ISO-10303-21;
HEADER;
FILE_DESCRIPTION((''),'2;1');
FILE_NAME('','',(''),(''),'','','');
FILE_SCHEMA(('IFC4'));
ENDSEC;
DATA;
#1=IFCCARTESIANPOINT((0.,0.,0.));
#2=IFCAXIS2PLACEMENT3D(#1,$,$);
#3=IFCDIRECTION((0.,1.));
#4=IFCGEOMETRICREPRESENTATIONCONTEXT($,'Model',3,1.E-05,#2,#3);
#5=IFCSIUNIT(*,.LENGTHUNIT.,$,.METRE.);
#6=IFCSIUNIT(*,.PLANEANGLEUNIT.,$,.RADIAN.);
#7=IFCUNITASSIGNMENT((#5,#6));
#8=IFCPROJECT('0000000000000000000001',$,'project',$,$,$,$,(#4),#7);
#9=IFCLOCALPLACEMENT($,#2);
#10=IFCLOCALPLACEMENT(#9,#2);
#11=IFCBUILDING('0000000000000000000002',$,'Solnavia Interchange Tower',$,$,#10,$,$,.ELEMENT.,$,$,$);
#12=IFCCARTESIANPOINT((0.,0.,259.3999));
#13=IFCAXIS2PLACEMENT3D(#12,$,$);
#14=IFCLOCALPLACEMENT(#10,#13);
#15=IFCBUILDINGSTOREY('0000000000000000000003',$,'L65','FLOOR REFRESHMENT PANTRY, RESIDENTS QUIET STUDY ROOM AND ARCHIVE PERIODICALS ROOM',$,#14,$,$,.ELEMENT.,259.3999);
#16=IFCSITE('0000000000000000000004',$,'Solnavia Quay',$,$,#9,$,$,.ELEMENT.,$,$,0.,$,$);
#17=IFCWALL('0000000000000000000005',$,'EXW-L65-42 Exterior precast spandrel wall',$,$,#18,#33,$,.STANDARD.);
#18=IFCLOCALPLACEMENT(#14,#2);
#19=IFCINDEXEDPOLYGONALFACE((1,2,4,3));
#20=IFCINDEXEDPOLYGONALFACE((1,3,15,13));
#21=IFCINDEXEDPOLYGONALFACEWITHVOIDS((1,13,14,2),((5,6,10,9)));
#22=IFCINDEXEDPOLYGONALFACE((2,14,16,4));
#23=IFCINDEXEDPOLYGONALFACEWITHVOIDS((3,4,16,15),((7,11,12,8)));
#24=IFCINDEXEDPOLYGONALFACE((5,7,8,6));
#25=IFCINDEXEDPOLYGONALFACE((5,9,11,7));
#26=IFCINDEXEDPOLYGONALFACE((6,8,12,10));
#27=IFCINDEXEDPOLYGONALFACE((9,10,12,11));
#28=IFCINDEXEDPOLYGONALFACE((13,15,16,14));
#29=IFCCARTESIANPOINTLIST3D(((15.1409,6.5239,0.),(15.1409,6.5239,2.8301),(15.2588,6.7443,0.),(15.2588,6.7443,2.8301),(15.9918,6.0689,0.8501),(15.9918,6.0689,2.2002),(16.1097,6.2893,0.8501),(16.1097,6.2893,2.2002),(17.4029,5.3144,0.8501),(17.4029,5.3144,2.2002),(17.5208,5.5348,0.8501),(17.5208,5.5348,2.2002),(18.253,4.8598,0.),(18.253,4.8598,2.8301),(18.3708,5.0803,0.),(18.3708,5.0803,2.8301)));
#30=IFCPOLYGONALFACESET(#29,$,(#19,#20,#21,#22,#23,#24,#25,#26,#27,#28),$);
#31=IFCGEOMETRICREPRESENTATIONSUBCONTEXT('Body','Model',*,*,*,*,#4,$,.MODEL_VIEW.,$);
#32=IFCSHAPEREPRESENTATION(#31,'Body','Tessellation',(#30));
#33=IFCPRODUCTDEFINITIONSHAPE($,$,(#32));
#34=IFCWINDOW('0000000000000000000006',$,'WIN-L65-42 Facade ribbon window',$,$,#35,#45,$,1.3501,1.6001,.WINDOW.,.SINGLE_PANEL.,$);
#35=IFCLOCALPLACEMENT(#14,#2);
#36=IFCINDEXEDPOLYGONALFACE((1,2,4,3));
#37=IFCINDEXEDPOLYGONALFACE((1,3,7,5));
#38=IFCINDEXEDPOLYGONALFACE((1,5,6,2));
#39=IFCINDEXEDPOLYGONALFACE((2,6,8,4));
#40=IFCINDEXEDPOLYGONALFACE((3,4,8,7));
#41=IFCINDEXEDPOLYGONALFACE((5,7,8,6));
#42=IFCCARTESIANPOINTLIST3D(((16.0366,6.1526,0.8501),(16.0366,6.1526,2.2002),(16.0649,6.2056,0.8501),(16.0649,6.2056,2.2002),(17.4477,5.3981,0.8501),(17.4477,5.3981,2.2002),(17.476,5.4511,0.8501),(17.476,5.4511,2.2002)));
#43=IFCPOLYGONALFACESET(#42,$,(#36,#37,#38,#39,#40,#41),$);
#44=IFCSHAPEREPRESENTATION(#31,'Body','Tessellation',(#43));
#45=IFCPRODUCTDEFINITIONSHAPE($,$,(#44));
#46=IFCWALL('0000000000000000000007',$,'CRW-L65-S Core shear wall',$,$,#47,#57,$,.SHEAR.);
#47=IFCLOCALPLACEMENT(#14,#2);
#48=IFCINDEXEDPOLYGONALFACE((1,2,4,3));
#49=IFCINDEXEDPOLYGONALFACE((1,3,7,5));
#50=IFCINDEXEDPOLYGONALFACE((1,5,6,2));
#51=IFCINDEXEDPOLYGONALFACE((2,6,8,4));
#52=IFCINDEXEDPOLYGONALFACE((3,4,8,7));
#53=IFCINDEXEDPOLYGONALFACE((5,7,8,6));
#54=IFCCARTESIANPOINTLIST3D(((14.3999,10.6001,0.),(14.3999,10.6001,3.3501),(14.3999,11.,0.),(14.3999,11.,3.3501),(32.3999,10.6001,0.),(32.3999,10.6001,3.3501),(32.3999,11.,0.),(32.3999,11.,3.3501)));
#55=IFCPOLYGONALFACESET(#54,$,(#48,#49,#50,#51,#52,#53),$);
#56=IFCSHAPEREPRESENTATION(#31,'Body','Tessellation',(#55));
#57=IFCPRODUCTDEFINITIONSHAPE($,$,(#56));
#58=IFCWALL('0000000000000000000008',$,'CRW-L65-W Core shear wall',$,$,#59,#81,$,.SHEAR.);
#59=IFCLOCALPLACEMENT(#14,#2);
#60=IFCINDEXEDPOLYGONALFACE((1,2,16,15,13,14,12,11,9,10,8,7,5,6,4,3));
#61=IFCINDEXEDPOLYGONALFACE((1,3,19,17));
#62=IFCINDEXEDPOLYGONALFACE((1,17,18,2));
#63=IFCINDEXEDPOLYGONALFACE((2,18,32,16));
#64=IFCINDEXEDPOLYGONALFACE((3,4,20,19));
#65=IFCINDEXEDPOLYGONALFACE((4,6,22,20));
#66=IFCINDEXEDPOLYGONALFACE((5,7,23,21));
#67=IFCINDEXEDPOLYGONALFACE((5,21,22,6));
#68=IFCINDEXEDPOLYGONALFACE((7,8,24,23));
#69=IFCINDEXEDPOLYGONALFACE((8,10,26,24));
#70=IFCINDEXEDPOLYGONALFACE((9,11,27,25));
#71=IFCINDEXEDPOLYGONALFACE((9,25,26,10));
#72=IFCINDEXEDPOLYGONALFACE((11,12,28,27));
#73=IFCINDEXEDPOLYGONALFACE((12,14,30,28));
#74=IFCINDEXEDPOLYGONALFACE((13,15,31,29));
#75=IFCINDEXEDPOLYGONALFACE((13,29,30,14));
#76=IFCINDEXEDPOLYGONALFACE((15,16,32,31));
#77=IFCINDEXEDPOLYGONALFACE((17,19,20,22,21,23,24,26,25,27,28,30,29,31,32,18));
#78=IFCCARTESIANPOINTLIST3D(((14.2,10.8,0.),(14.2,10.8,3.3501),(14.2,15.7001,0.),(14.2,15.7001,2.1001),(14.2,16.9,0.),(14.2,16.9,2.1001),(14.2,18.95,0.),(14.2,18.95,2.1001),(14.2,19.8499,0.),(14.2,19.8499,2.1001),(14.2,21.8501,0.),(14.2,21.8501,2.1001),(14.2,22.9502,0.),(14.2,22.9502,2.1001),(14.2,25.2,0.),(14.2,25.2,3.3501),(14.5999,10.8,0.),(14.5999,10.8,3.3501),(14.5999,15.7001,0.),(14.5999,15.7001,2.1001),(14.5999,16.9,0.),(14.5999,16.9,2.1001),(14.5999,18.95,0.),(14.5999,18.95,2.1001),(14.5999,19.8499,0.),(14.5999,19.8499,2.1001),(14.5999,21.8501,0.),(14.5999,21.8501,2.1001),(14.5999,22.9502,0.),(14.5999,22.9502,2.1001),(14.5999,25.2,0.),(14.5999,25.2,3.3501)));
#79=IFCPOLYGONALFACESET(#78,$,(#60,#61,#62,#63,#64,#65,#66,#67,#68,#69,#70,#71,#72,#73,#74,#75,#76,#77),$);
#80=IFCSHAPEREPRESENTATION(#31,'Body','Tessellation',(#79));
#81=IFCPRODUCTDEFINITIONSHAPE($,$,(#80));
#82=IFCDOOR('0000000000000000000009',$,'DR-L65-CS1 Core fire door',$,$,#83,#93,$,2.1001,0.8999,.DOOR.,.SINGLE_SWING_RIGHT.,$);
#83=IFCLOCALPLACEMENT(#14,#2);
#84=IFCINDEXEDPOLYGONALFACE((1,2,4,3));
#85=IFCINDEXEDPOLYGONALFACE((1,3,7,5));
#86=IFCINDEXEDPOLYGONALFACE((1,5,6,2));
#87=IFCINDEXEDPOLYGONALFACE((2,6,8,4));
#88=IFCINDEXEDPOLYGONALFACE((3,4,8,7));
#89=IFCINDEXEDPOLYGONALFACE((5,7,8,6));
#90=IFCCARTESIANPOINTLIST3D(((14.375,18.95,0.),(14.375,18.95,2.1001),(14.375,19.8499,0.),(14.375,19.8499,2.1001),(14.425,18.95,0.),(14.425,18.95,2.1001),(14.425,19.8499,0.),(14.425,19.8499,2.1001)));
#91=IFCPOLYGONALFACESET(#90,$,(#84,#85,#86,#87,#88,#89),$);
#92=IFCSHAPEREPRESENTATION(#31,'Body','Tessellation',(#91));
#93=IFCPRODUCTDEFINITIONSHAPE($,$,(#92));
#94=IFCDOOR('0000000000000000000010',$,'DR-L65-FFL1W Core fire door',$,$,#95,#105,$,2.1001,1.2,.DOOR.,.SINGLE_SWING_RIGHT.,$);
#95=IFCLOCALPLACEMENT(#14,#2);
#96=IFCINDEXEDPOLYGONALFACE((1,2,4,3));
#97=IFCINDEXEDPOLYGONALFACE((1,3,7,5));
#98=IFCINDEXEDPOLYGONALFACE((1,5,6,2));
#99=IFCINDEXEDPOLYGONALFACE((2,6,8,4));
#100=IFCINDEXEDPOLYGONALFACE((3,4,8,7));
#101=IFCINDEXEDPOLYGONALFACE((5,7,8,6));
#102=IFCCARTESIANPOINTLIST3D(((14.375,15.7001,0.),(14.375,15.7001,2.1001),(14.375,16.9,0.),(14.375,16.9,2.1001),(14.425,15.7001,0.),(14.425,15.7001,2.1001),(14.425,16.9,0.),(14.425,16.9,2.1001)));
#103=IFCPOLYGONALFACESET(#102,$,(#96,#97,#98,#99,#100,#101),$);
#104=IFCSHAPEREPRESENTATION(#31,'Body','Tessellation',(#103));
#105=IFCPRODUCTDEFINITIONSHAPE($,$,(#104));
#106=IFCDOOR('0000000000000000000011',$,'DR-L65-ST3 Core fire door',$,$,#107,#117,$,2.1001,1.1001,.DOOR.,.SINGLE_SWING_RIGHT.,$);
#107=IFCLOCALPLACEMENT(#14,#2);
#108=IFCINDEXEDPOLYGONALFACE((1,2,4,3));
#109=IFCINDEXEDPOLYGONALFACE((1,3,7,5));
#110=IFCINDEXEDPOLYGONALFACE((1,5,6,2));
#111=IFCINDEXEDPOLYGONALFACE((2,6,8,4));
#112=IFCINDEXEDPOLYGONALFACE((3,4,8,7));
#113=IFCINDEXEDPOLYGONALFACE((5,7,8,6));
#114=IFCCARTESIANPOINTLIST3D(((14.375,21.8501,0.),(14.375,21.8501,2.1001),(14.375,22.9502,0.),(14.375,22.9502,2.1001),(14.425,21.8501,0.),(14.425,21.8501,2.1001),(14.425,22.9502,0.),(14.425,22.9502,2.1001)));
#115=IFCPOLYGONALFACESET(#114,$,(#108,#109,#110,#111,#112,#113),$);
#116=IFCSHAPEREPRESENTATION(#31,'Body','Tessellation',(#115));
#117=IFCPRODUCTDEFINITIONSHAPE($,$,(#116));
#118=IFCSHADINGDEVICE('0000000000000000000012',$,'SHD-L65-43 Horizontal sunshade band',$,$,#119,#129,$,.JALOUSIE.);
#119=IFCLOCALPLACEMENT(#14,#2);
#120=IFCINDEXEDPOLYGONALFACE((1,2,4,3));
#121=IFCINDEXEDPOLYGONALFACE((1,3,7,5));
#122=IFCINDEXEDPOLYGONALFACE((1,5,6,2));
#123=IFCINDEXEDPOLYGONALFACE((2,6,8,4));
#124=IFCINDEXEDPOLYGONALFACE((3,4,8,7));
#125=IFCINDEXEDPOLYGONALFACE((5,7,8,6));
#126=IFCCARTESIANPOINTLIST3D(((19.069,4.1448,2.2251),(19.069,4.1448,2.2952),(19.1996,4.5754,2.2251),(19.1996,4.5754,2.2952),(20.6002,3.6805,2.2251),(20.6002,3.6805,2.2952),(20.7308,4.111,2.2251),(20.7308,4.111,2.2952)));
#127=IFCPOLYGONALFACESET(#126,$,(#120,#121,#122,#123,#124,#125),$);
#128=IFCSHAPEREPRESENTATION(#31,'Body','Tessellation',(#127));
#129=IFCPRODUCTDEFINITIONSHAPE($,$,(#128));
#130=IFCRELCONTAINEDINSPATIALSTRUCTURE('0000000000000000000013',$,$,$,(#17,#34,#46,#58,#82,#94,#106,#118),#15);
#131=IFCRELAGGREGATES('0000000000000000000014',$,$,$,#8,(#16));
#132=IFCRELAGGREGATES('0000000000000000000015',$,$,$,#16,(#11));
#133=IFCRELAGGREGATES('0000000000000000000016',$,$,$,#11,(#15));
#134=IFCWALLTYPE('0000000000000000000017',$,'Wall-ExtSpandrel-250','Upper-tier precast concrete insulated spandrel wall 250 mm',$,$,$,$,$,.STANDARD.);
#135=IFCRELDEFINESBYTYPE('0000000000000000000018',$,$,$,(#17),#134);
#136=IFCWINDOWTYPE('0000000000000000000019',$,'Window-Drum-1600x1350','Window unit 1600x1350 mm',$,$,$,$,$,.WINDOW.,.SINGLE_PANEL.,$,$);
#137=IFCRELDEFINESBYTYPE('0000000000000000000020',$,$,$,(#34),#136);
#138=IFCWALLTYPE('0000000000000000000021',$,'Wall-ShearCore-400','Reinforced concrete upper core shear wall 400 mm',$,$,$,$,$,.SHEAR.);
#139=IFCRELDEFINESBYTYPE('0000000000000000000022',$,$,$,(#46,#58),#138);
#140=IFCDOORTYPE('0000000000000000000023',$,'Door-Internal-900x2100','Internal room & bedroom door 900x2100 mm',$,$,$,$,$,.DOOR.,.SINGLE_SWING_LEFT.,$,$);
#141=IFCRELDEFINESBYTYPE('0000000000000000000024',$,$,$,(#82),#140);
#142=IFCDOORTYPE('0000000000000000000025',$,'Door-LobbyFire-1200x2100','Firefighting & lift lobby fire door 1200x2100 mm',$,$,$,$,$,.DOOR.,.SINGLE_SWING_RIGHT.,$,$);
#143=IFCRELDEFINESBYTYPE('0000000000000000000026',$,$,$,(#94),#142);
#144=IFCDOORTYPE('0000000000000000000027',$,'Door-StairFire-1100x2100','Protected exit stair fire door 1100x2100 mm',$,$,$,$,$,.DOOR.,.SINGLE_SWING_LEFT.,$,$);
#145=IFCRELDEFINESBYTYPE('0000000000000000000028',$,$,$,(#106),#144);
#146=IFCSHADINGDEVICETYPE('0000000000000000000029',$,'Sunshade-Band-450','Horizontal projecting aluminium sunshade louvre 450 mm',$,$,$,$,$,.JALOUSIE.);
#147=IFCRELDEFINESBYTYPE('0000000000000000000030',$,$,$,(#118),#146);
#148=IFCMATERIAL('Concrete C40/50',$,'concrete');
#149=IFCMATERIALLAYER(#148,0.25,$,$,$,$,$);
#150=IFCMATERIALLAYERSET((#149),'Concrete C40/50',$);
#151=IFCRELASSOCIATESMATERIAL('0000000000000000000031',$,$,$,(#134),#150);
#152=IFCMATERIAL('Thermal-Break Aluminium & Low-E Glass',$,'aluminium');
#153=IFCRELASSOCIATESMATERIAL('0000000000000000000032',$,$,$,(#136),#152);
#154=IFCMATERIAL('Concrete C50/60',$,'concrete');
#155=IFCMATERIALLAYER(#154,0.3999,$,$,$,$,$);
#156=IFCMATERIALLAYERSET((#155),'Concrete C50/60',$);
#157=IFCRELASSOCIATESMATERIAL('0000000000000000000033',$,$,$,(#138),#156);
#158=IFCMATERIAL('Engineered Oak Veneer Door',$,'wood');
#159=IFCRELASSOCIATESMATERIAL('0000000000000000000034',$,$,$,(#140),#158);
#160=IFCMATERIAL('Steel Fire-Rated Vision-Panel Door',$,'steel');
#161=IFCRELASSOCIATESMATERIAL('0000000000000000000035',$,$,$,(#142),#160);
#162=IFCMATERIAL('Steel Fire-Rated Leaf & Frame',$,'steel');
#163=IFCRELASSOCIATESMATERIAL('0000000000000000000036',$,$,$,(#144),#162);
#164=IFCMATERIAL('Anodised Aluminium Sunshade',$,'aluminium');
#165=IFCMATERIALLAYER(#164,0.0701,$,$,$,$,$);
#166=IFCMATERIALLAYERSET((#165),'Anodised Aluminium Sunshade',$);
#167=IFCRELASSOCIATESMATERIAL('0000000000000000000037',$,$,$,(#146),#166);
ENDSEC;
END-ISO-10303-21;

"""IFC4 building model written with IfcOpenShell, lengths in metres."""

from ifc_helpers import new_model, si_unit, direction, frame, frame_2d, origin, origin_2d, place, context, subcontext, project, spatial, rectangle, extrude, material, layer, layer_set, type_object, element, fill, save


model = new_model("IFC4")

# Units and contexts
model_context = context("Model", 3, precision=1e-05, world=origin(), true_north=direction((0.0, 1.0)))
body_context = subcontext(model_context, "Body", "Model", "MODEL_VIEW")
ifc_project = project(units=[si_unit("LENGTHUNIT", "METRE"), si_unit("PLANEANGLEUNIT", "RADIAN")], contexts=[model_context])

# Site, building, storey
site_placement = place(None, origin())
site = spatial("IfcSite", under=ifc_project, at=site_placement, Name="Solnavia Quay", CompositionType="ELEMENT", RefElevation=0.0)
building_placement = place(site_placement, origin())
building = spatial("IfcBuilding", under=site, at=building_placement, Name="Solnavia Interchange Tower", CompositionType="ELEMENT")
storey_placement = place(building_placement, frame((0.0, 0.0, 259.3999)))
storey = spatial("IfcBuildingStorey", under=building, at=storey_placement, Name="L65", Description="FLOOR REFRESHMENT PANTRY, RESIDENTS QUIET STUDY ROOM AND ARCHIVE PERIODICALS ROOM", CompositionType="ELEMENT", Elevation=259.3999)

# Shared definitions
ifc_material_1 = material(Name="Concrete C50/60", Category="concrete")

# Wall, opening, window
ifc_material_2 = material(Name="Concrete C40/50", Category="concrete")
ifc_layer_1 = layer(ifc_material_2, 0.25)
ifc_layer_set_1 = layer_set([ifc_layer_1], Name="Concrete C40/50")
wall_type_1 = type_object("IfcWallType", Name="Wall-ExtSpandrel-250", Description="Upper-tier precast concrete insulated spandrel wall 250 mm", PredefinedType="STANDARD", material=ifc_layer_set_1)
ifc_material_3 = material(Name="Thermal-Break Aluminium & Low-E Glass", Category="aluminium")
window_type = type_object("IfcWindowType", Name="Window-Drum-1600x1350", Description="Window unit 1600x1350 mm", PartitioningType="SINGLE_PANEL", PredefinedType="WINDOW", material=ifc_material_3)
wall_1_placement = place(storey_placement, frame((18.312, 4.97, 0.0), z_axis=(0.0, 0.0, 1.0), x_axis=(-0.881847, 0.471536, 0.0)))
wall_1 = element("IfcWall", 1, at=wall_1_placement, inside=storey, type_object=wall_type_1, Name="EXW-L65-42 Exterior precast spandrel wall", PredefinedType="STANDARD", context=body_context, shape_type="SweptSolid", body=[
    extrude(rectangle(XDim=3.5291, YDim=0.25, at=frame_2d((1.7646, 0.0))), origin(), (0.0, 0.0, 1.0), 2.8301),
])
opening_1_placement = place(wall_1_placement, frame((0.9641, 0.0, 0.8501)))
opening_1 = element("IfcOpeningElement", 2, at=opening_1_placement, cuts=wall_1, PredefinedType="OPENING", context=body_context, shape_type="SweptSolid", body=[
    extrude(rectangle(XDim=1.6001, YDim=1.3501, at=frame_2d((0.8, 0.675))), frame((0.0, 0.135, 0.0), z_axis=(0.0, -1.0, 0.0), x_axis=(1.0, 0.0, 0.0)), (0.0, 0.0, 1.0), 0.27),
])
window_1_placement = place(opening_1_placement, origin())
window_1 = element("IfcWindow", 3, at=window_1_placement, inside=storey, type_object=window_type, Name="WIN-L65-42 Facade ribbon window", OverallHeight=1.3501, OverallWidth=1.6001, PartitioningType="SINGLE_PANEL", PredefinedType="WINDOW", context=body_context, shape_type="SweptSolid", body=[
    extrude(rectangle(XDim=1.6001, YDim=1.3501, at=frame_2d((0.8, 0.675))), frame((0.0, 0.03, 0.0), z_axis=(0.0, -1.0, 0.0), x_axis=(1.0, 0.0, 0.0)), (0.0, 0.0, 1.0), 0.0601),
])
fill(opening_1, window_1)

# Wall
ifc_layer_2 = layer(ifc_material_1, 0.3999)
ifc_layer_set_2 = layer_set([ifc_layer_2], Name="Concrete C50/60")
wall_type_2 = type_object("IfcWallType", Name="Wall-ShearCore-400", Description="Reinforced concrete upper core shear wall 400 mm", PredefinedType="SHEAR", material=ifc_layer_set_2)
wall_2_placement = place(storey_placement, frame((14.3999, 10.8, 0.0), z_axis=(0.0, 0.0, 1.0), x_axis=(1.0, 0.0, 0.0)))
element("IfcWall", 4, at=wall_2_placement, inside=storey, type_object=wall_type_2, Name="CRW-L65-S Core shear wall", PredefinedType="SHEAR", context=body_context, shape_type="SweptSolid", body=[
    extrude(rectangle(XDim=18.0, YDim=0.3999, at=frame_2d((9.0, 0.0))), origin(), (0.0, 0.0, 1.0), 3.3501),
])

# Wall, openings, doors
wall_3_placement = place(storey_placement, frame((14.3999, 10.8, 0.0), z_axis=(0.0, 0.0, 1.0), x_axis=(0.0, 1.0, 0.0)))
wall_3 = element("IfcWall", 5, at=wall_3_placement, inside=storey, type_object=wall_type_2, Name="CRW-L65-W Core shear wall", PredefinedType="SHEAR", context=body_context, shape_type="SweptSolid", body=[
    extrude(rectangle(XDim=14.3999, YDim=0.3999, at=frame_2d((7.2, 0.0))), origin(), (0.0, 0.0, 1.0), 3.3501),
])
opening_2_placement = place(wall_3_placement, frame((11.05, 0.0, 0.0)))
opening_2 = element("IfcOpeningElement", 6, at=opening_2_placement, cuts=wall_3, PredefinedType="OPENING", context=body_context, shape_type="SweptSolid", body=[
    extrude(rectangle(XDim=1.1001, YDim=2.1001, at=frame_2d((0.55, 1.05))), frame((0.0, 0.21, 0.0), z_axis=(0.0, -1.0, 0.0), x_axis=(1.0, 0.0, 0.0)), (0.0, 0.0, 1.0), 0.4199),
])
opening_3_placement = place(wall_3_placement, frame((4.8999, 0.0, 0.0)))
opening_3 = element("IfcOpeningElement", 7, at=opening_3_placement, cuts=wall_3, PredefinedType="OPENING", context=body_context, shape_type="SweptSolid", body=[
    extrude(rectangle(XDim=1.2, YDim=2.1001, at=frame_2d((0.6001, 1.05))), frame((0.0, 0.21, 0.0), z_axis=(0.0, -1.0, 0.0), x_axis=(1.0, 0.0, 0.0)), (0.0, 0.0, 1.0), 0.4199),
])
opening_4_placement = place(wall_3_placement, frame((8.1499, 0.0, 0.0)))
opening_4 = element("IfcOpeningElement", 8, at=opening_4_placement, cuts=wall_3, PredefinedType="OPENING", context=body_context, shape_type="SweptSolid", body=[
    extrude(rectangle(XDim=0.8999, YDim=2.1001, at=frame_2d((0.45, 1.05))), frame((0.0, 0.21, 0.0), z_axis=(0.0, -1.0, 0.0), x_axis=(1.0, 0.0, 0.0)), (0.0, 0.0, 1.0), 0.4199),
])
ifc_material_4 = material(Name="Engineered Oak Veneer Door", Category="wood")
door_type_1 = type_object("IfcDoorType", Name="Door-Internal-900x2100", Description="Internal room & bedroom door 900x2100 mm", OperationType="SINGLE_SWING_LEFT", PredefinedType="DOOR", material=ifc_material_4)
door_1_placement = place(opening_4_placement, origin())
door_1 = element("IfcDoor", 9, at=door_1_placement, inside=storey, type_object=door_type_1, Name="DR-L65-CS1 Core fire door", OperationType="SINGLE_SWING_RIGHT", OverallHeight=2.1001, OverallWidth=0.8999, PredefinedType="DOOR", context=body_context, shape_type="SweptSolid", body=[
    extrude(rectangle(XDim=0.8999, YDim=2.1001, at=frame_2d((0.45, 1.05))), frame((0.0, 0.0249, 0.0), z_axis=(0.0, -1.0, 0.0), x_axis=(1.0, 0.0, 0.0)), (0.0, 0.0, 1.0), 0.05),
])
fill(opening_4, door_1)
ifc_material_5 = material(Name="Steel Fire-Rated Vision-Panel Door", Category="steel")
door_type_2 = type_object("IfcDoorType", Name="Door-LobbyFire-1200x2100", Description="Firefighting & lift lobby fire door 1200x2100 mm", OperationType="SINGLE_SWING_RIGHT", PredefinedType="DOOR", material=ifc_material_5)
door_2_placement = place(opening_3_placement, origin())
door_2 = element("IfcDoor", 10, at=door_2_placement, inside=storey, type_object=door_type_2, Name="DR-L65-FFL1W Core fire door", OperationType="SINGLE_SWING_RIGHT", OverallHeight=2.1001, OverallWidth=1.2, PredefinedType="DOOR", context=body_context, shape_type="SweptSolid", body=[
    extrude(rectangle(XDim=1.2, YDim=2.1001, at=frame_2d((0.6001, 1.05))), frame((0.0, 0.0249, 0.0), z_axis=(0.0, -1.0, 0.0), x_axis=(1.0, 0.0, 0.0)), (0.0, 0.0, 1.0), 0.05),
])
fill(opening_3, door_2)
ifc_material_6 = material(Name="Steel Fire-Rated Leaf & Frame", Category="steel")
door_type_3 = type_object("IfcDoorType", Name="Door-StairFire-1100x2100", Description="Protected exit stair fire door 1100x2100 mm", OperationType="SINGLE_SWING_LEFT", PredefinedType="DOOR", material=ifc_material_6)
door_3_placement = place(opening_2_placement, origin())
door_3 = element("IfcDoor", 11, at=door_3_placement, inside=storey, type_object=door_type_3, Name="DR-L65-ST3 Core fire door", OperationType="SINGLE_SWING_RIGHT", OverallHeight=2.1001, OverallWidth=1.1001, PredefinedType="DOOR", context=body_context, shape_type="SweptSolid", body=[
    extrude(rectangle(XDim=1.1001, YDim=2.1001, at=frame_2d((0.55, 1.05))), frame((0.0, 0.0249, 0.0), z_axis=(0.0, -1.0, 0.0), x_axis=(1.0, 0.0, 0.0)), (0.0, 0.0, 1.0), 0.05),
])
fill(opening_2, door_3)

# Shading device
ifc_material_7 = material(Name="Anodised Aluminium Sunshade", Category="aluminium")
ifc_layer_3 = layer(ifc_material_7, 0.0701)
ifc_layer_set_3 = layer_set([ifc_layer_3], Name="Anodised Aluminium Sunshade")
shading_device_type = type_object("IfcShadingDeviceType", Name="Sunshade-Band-450", Description="Horizontal projecting aluminium sunshade louvre 450 mm", PredefinedType="JALOUSIE", material=ifc_layer_set_3)
shading_device_placement = place(storey_placement, frame((19.8999, 4.1279, 2.2251), z_axis=(0.0, 0.0, 1.0), x_axis=(-0.956966, 0.290201, 0.0)))
element("IfcShadingDevice", 12, at=shading_device_placement, inside=storey, type_object=shading_device_type, Name="SHD-L65-43 Horizontal sunshade band", PredefinedType="JALOUSIE", context=body_context, shape_type="SweptSolid", body=[
    extrude(rectangle(XDim=1.6001, YDim=0.45, at=origin_2d()), origin(), (0.0, 0.0, 1.0), 0.0701),
])

save(model, "model.ifc")
